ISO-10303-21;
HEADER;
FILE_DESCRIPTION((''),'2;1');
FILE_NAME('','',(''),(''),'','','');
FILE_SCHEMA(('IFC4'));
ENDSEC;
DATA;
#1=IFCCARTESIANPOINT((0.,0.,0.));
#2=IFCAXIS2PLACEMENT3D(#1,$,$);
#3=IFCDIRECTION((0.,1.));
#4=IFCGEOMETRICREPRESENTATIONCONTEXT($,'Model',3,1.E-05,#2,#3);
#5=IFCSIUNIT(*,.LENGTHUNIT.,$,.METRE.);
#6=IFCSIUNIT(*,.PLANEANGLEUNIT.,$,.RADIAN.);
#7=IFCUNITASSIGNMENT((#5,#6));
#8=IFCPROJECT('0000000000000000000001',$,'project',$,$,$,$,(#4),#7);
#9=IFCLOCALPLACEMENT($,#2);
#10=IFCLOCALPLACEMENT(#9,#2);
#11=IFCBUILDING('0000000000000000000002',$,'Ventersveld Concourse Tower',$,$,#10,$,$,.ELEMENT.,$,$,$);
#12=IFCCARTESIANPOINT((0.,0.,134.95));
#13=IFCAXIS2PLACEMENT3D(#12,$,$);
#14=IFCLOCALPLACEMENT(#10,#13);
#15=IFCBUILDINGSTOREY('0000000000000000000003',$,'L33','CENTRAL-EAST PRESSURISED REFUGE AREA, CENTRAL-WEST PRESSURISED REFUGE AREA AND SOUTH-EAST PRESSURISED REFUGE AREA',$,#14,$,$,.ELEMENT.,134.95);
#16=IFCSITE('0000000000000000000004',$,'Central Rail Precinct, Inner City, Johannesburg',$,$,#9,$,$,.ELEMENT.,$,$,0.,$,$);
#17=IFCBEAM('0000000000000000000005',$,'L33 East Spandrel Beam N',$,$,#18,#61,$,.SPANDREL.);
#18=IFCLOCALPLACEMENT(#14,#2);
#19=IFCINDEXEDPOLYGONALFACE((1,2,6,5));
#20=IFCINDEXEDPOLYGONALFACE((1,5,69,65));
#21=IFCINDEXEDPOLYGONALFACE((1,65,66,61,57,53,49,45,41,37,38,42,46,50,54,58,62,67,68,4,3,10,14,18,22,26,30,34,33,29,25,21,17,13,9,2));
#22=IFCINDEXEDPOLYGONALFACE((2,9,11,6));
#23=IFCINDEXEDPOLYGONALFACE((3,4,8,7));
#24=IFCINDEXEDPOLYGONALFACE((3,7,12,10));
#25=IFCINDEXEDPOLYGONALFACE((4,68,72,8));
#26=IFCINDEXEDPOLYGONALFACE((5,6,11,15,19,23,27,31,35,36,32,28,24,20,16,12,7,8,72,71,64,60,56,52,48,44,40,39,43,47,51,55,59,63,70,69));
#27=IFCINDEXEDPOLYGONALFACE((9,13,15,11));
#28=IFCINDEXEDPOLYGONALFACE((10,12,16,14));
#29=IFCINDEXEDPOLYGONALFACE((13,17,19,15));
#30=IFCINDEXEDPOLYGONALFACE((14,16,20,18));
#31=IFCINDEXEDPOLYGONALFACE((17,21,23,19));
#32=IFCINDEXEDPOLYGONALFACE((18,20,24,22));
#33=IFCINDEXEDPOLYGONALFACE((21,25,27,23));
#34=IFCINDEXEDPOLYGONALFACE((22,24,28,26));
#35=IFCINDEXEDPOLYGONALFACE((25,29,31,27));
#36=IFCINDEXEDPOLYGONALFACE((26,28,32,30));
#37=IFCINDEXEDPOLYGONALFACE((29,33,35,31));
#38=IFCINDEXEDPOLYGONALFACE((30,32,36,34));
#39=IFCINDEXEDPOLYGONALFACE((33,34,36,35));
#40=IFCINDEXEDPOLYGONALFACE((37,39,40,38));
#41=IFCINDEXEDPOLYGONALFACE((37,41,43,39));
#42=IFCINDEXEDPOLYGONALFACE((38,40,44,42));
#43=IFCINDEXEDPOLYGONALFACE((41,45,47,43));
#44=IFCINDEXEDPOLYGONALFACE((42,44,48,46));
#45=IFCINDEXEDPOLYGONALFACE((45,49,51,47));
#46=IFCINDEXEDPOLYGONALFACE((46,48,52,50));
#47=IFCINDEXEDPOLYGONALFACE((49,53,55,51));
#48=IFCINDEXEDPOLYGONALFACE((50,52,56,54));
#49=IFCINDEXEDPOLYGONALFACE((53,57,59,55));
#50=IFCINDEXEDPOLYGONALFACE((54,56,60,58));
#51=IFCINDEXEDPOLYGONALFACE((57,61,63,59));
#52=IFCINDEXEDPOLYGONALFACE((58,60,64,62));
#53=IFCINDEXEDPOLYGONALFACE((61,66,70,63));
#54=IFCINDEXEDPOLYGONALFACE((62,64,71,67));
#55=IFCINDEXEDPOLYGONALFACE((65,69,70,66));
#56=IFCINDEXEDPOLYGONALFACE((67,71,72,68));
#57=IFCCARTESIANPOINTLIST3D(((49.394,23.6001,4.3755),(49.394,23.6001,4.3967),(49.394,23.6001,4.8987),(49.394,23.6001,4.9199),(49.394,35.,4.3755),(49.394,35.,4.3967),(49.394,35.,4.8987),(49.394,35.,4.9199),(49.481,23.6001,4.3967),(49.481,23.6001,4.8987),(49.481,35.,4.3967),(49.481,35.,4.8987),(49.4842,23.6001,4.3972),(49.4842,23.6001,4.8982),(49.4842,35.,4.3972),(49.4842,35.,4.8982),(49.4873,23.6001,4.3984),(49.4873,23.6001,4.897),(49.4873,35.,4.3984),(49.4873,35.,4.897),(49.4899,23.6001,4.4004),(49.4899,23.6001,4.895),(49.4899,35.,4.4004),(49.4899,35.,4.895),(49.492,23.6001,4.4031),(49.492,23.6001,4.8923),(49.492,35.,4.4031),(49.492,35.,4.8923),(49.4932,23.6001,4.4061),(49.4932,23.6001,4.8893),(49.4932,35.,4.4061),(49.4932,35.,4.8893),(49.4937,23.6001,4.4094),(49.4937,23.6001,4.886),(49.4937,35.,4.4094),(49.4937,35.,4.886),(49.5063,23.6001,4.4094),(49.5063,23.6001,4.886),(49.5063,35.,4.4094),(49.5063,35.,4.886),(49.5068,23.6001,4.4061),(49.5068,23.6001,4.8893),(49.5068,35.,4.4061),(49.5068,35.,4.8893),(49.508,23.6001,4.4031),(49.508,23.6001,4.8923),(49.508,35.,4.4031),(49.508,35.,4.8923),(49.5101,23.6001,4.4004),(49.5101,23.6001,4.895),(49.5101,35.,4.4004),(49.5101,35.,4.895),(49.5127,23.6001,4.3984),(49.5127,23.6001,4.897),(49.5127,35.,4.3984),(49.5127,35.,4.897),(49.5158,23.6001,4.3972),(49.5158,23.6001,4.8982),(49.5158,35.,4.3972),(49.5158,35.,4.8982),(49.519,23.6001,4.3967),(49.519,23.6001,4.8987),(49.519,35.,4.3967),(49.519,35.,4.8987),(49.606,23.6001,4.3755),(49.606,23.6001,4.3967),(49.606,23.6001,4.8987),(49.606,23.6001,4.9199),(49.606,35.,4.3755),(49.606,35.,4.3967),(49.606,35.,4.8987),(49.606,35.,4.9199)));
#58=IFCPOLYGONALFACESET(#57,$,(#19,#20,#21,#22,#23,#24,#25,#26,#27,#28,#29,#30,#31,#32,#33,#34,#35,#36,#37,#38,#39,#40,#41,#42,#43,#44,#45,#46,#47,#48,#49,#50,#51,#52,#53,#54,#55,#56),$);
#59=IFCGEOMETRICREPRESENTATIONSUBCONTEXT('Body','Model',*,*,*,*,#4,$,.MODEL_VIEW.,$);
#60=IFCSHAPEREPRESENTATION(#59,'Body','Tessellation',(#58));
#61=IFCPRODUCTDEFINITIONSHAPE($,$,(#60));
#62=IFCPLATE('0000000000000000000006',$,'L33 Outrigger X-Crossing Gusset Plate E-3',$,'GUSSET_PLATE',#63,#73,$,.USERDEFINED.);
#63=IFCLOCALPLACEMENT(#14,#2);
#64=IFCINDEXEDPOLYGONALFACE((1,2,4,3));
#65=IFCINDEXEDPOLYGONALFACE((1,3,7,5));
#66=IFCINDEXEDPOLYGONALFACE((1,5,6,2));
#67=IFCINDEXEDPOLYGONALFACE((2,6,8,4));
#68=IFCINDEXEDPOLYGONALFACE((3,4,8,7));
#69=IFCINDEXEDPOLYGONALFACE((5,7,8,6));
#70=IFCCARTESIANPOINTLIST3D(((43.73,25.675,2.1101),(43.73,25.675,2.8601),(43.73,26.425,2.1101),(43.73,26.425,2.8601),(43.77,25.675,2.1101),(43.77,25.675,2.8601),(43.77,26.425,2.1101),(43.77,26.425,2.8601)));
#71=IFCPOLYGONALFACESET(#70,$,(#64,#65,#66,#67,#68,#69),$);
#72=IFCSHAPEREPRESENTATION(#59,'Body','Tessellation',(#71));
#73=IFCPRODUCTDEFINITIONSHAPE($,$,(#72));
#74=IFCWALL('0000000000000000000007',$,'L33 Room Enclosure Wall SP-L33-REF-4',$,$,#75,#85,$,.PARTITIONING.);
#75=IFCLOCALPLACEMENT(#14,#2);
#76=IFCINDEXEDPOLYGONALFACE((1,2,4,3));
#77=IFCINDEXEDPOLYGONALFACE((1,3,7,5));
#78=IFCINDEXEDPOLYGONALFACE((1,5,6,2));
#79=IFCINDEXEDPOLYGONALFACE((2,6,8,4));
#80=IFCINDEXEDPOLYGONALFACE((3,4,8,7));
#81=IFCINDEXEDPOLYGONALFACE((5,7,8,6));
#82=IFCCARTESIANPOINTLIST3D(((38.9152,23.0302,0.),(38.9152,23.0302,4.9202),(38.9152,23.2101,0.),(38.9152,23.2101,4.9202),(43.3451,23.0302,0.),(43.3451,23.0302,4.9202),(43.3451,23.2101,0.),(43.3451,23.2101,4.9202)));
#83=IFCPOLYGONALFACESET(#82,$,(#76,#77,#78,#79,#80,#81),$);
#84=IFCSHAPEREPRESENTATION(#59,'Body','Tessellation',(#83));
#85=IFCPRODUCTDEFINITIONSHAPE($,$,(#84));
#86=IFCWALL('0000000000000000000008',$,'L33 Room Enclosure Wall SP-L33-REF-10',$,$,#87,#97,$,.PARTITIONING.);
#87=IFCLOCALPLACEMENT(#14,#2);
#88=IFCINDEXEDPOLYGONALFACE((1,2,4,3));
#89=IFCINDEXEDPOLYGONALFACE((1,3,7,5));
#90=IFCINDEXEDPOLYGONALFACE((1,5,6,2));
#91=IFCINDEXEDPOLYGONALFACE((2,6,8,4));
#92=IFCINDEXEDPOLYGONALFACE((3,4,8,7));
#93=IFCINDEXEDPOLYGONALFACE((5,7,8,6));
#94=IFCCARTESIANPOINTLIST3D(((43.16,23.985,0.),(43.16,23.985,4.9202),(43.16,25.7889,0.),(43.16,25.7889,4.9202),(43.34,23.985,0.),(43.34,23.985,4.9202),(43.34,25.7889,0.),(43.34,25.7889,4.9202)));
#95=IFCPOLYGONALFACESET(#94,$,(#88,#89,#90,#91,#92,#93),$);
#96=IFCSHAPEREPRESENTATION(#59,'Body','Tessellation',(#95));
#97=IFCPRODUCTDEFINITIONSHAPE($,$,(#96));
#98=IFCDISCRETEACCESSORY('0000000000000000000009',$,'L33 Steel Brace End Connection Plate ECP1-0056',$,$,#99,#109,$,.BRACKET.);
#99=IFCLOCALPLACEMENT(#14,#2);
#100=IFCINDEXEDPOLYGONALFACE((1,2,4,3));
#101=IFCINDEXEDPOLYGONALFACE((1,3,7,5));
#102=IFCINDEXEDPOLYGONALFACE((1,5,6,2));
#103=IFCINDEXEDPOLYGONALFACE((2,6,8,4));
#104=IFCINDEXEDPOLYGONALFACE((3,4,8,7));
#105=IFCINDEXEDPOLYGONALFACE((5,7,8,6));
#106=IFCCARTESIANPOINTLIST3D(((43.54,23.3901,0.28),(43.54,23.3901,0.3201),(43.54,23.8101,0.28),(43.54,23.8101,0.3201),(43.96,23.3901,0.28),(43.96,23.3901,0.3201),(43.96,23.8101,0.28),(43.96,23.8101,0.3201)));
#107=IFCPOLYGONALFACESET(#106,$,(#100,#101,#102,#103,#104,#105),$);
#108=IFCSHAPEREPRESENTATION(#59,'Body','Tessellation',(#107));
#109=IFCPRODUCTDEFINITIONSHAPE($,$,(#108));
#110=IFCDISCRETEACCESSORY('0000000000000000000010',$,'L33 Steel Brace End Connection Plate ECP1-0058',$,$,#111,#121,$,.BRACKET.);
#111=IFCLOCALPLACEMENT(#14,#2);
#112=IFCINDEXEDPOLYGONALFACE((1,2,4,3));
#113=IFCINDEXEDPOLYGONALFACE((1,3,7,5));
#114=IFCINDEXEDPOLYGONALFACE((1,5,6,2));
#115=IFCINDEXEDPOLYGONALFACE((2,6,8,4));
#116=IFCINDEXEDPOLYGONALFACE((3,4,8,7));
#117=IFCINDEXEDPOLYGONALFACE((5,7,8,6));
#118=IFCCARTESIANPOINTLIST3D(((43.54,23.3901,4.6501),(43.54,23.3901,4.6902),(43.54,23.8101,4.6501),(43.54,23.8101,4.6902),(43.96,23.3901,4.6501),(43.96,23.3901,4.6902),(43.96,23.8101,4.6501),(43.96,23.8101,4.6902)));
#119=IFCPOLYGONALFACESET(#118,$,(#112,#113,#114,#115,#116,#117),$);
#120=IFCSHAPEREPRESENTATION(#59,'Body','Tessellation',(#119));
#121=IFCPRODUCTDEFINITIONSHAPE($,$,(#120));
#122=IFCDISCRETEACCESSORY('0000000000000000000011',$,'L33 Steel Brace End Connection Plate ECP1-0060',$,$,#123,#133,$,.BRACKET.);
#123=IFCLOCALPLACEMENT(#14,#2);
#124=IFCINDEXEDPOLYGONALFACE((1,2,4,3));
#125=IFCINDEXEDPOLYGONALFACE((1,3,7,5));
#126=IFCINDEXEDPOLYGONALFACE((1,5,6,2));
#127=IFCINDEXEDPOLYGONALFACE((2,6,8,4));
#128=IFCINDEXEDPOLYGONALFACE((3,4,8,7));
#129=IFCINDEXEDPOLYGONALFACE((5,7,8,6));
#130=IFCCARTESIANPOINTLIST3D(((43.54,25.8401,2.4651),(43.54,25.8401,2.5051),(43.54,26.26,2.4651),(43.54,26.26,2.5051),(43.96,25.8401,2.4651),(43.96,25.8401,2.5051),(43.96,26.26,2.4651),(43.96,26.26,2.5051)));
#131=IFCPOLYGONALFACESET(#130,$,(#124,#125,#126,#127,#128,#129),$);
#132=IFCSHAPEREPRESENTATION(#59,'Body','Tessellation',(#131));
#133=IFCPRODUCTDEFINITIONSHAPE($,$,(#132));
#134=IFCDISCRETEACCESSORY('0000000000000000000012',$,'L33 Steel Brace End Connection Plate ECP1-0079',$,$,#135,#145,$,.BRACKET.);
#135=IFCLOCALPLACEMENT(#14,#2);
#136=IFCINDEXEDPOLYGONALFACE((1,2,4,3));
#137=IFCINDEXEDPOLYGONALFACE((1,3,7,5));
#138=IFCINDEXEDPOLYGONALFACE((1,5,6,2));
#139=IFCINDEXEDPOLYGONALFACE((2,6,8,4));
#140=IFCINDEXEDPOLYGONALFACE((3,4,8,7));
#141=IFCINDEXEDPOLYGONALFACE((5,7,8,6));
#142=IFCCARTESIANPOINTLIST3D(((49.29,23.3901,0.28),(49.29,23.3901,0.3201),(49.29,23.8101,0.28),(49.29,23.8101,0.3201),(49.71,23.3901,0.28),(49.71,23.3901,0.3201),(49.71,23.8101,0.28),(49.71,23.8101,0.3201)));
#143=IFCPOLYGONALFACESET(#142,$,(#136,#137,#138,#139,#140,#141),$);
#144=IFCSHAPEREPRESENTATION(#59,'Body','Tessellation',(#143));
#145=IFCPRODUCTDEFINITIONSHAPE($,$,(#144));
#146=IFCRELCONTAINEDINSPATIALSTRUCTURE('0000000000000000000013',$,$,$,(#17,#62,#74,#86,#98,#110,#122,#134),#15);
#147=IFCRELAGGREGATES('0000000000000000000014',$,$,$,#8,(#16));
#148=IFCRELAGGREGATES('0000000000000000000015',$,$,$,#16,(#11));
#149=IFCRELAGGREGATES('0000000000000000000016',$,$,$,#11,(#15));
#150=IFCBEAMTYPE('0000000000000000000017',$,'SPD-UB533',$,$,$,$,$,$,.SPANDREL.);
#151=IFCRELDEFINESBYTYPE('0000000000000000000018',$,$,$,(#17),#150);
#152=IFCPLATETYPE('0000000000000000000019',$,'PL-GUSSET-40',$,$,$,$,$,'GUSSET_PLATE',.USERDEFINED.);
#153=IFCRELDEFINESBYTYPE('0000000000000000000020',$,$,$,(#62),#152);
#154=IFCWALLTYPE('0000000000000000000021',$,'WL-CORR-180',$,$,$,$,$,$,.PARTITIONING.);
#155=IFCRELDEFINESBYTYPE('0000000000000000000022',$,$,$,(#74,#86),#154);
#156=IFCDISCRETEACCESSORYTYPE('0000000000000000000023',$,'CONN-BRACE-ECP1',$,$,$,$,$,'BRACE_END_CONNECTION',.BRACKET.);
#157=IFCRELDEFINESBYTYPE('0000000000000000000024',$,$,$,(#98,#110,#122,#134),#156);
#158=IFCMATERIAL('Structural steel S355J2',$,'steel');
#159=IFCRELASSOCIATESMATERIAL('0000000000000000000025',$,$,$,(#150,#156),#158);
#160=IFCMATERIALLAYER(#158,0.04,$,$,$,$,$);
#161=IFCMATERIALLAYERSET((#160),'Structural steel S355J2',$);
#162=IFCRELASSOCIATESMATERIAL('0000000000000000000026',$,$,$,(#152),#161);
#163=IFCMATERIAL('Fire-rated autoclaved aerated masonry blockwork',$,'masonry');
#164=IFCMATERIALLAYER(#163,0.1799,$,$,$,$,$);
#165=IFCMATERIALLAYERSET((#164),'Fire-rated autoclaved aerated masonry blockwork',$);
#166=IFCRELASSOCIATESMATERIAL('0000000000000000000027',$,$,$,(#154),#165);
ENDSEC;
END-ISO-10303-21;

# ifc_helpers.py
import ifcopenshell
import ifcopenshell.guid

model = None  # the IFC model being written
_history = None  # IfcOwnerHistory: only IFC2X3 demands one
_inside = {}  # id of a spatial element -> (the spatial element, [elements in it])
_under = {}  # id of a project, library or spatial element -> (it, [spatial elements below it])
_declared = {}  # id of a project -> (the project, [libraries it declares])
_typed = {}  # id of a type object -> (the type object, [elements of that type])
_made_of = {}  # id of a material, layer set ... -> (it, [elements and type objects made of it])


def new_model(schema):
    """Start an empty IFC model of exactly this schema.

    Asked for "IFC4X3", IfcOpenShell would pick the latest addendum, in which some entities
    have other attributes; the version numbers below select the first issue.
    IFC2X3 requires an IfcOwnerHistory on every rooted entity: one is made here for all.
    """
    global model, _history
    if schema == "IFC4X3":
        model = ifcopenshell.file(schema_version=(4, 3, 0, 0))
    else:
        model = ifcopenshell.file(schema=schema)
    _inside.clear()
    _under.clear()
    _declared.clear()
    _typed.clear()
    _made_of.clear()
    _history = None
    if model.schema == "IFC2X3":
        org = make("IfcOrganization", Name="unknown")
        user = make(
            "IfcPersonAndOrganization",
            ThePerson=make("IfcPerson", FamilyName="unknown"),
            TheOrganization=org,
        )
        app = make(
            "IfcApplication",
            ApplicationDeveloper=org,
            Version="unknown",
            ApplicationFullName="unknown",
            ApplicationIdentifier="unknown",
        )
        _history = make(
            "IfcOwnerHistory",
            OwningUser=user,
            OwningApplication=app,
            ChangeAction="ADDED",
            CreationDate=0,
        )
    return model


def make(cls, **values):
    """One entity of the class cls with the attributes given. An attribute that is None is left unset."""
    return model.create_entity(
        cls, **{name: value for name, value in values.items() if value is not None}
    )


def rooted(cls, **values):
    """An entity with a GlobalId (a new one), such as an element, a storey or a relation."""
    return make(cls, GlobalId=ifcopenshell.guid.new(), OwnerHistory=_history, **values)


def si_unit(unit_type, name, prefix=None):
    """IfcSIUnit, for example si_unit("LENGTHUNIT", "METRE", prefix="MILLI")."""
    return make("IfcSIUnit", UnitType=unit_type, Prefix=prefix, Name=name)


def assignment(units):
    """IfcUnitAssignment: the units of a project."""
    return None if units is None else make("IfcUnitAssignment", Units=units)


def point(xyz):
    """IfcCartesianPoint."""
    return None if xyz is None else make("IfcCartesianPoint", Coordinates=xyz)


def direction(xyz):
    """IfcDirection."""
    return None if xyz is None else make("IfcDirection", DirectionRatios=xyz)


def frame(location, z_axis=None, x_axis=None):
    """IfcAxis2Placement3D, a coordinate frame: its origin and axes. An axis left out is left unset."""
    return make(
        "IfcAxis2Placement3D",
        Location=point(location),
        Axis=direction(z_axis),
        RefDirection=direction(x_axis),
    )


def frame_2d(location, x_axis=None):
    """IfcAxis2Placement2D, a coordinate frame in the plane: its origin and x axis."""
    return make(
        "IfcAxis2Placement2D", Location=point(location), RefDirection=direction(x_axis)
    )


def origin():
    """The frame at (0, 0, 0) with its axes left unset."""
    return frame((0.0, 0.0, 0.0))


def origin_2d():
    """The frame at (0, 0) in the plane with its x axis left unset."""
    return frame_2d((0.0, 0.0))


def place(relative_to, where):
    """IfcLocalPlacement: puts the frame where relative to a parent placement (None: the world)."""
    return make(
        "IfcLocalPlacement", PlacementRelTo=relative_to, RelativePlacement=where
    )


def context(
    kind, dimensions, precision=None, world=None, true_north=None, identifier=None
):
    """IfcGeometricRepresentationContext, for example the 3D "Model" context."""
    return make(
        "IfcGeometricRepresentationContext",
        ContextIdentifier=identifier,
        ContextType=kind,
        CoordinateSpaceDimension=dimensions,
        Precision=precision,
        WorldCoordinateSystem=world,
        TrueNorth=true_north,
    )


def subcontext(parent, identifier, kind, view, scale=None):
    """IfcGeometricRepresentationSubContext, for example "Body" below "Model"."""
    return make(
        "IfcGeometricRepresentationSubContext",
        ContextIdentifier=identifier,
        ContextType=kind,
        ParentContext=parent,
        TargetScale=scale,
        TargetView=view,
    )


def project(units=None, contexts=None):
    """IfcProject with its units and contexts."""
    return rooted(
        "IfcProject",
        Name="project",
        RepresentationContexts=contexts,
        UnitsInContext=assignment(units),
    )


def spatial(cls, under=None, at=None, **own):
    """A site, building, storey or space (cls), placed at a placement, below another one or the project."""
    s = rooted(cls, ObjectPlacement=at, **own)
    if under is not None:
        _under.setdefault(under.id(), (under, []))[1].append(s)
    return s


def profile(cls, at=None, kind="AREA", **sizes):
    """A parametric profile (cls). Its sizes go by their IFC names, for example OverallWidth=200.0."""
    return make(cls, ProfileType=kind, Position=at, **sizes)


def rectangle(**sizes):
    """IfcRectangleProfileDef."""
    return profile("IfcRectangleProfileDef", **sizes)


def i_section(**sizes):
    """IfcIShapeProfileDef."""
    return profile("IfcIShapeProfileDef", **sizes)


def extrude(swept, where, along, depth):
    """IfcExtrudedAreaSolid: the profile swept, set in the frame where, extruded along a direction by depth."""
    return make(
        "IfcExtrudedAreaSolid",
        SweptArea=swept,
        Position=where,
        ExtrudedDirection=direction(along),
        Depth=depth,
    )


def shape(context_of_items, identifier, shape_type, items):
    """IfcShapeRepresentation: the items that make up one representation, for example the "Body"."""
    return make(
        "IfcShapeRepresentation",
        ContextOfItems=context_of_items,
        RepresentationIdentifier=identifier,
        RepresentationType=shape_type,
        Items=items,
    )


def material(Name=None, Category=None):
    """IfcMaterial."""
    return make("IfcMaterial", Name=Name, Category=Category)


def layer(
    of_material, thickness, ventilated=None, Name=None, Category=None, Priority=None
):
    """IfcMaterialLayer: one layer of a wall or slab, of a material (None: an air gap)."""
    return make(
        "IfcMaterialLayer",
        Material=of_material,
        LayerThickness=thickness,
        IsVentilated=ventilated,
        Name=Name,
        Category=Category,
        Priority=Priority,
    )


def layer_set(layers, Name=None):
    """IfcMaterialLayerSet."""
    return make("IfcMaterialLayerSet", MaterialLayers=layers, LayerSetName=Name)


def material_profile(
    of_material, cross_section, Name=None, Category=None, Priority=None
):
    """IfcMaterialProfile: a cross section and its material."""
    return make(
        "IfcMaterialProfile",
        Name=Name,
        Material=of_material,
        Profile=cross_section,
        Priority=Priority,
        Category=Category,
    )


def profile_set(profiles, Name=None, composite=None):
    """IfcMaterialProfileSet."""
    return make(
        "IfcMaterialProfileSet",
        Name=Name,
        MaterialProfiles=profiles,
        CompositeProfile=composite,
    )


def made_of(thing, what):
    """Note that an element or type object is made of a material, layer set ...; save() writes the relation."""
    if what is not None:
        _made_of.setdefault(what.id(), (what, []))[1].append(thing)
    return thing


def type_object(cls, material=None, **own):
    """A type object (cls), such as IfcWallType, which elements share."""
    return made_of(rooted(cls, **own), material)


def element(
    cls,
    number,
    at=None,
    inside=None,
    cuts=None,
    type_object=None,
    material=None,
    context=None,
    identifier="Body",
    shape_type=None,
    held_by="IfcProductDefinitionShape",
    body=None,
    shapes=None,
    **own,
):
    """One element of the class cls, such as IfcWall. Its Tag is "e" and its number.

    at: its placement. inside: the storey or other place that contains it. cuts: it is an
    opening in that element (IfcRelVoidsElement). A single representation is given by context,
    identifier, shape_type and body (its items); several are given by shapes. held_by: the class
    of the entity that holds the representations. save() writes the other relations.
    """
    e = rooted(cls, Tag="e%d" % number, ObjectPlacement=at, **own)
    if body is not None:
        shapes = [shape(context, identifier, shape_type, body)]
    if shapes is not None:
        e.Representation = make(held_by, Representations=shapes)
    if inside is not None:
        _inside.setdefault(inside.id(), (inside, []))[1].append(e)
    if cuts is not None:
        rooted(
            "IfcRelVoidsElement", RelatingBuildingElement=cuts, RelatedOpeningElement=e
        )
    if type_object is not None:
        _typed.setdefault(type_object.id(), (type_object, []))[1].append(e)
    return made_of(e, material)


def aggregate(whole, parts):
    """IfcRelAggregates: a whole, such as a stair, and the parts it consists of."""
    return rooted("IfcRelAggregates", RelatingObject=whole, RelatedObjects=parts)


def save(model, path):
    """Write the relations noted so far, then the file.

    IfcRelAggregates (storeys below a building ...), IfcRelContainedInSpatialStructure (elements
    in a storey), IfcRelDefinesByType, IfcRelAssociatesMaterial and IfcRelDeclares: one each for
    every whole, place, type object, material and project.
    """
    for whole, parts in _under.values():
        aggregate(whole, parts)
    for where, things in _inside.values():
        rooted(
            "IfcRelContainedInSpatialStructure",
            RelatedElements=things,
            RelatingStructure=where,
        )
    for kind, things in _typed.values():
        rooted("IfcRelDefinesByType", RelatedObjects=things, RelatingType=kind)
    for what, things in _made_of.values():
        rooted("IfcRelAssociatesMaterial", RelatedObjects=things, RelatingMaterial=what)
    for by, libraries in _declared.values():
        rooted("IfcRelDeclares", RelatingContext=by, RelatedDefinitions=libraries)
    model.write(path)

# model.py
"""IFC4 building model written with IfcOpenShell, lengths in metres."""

from ifc_helpers import new_model, si_unit, direction, frame, frame_2d, origin, origin_2d, place, context, subcontext, project, spatial, rectangle, i_section, extrude, material, layer, layer_set, material_profile, profile_set, type_object, element, save


model = new_model("IFC4")

# Units and contexts
model_context = context("Model", 3, precision=1e-05, world=origin(), true_north=direction((0.0, 1.0)))
body_context = subcontext(model_context, "Body", "Model", "MODEL_VIEW")
ifc_project = project(units=[si_unit("LENGTHUNIT", "METRE"), si_unit("PLANEANGLEUNIT", "RADIAN")], contexts=[model_context])

# Site, building, storey
site_placement = place(None, origin())
site = spatial("IfcSite", under=ifc_project, at=site_placement, Name="Central Rail Precinct, Inner City, Johannesburg", CompositionType="ELEMENT", RefElevation=0.0)
building_placement = place(site_placement, origin())
building = spatial("IfcBuilding", under=site, at=building_placement, Name="Ventersveld Concourse Tower", CompositionType="ELEMENT")
storey_placement = place(building_placement, frame((0.0, 0.0, 134.95)))
storey = spatial("IfcBuildingStorey", under=building, at=storey_placement, Name="L33", Description="CENTRAL-EAST PRESSURISED REFUGE AREA, CENTRAL-WEST PRESSURISED REFUGE AREA AND SOUTH-EAST PRESSURISED REFUGE AREA", CompositionType="ELEMENT", Elevation=134.95)

# Shared definitions
ifc_material_1 = material(Name="Structural steel S355J2", Category="steel")

# Beam
ifc_material_profile_1 = material_profile(ifc_material_1, i_section(OverallWidth=0.2119, OverallDepth=0.5444, WebThickness=0.0127, FlangeThickness=0.0212, FilletRadius=0.0127, at=origin_2d()), Name="UB 533x210x122")
ifc_profile_set_1 = profile_set([ifc_material_profile_1], Name="Structural steel S355J2")
beam_type_1 = type_object("IfcBeamType", Name="SPD-UB533", PredefinedType="SPANDREL", material=ifc_profile_set_1)
beam_1_placement = place(storey_placement, frame((49.5, 23.6001, 4.6477), z_axis=(0.0, 1.0, 0.0), x_axis=(-1.0, 0.0, 0.0)))
element("IfcBeam", 1, at=beam_1_placement, inside=storey, type_object=beam_type_1, Name="L33 East Spandrel Beam N", PredefinedType="SPANDREL", context=body_context, shape_type="SweptSolid", body=[
    extrude(i_section(OverallWidth=0.2119, OverallDepth=0.5444, WebThickness=0.0127, FlangeThickness=0.0212, FilletRadius=0.0127, at=origin_2d()), origin(), (0.0, 0.0, 1.0), 11.3999),
])

# Plate
ifc_layer_1 = layer(ifc_material_1, 0.04)
ifc_layer_set_1 = layer_set([ifc_layer_1], Name="Structural steel S355J2")
plate_type = type_object("IfcPlateType", Name="PL-GUSSET-40", ElementType="GUSSET_PLATE", PredefinedType="USERDEFINED", material=ifc_layer_set_1)
plate_placement = place(storey_placement, frame((43.75, 26.05, 2.1101), z_axis=(0.0, 0.0, 1.0), x_axis=(1.0, 0.0, 0.0)))
element("IfcPlate", 2, at=plate_placement, inside=storey, type_object=plate_type, Name="L33 Outrigger X-Crossing Gusset Plate E-3", ObjectType="GUSSET_PLATE", PredefinedType="USERDEFINED", context=body_context, shape_type="SweptSolid", body=[
    extrude(rectangle(XDim=0.04, YDim=0.75, at=origin_2d()), origin(), (0.0, 0.0, 1.0), 0.75),
])

# Walls
ifc_material_2 = material(Name="Fire-rated autoclaved aerated masonry blockwork", Category="masonry")
ifc_layer_2 = layer(ifc_material_2, 0.1799)
ifc_layer_set_2 = layer_set([ifc_layer_2], Name="Fire-rated autoclaved aerated masonry blockwork")
wall_type = type_object("IfcWallType", Name="WL-CORR-180", PredefinedType="PARTITIONING", material=ifc_layer_set_2)
wall_1_placement = place(storey_placement, frame((43.345, 23.1201, 0.0), z_axis=(0.0, 0.0, 1.0), x_axis=(-1.0, 0.0, 0.0)))
element("IfcWall", 3, at=wall_1_placement, inside=storey, type_object=wall_type, Name="L33 Room Enclosure Wall SP-L33-REF-4", PredefinedType="PARTITIONING", context=body_context, shape_type="SweptSolid", body=[
    extrude(rectangle(XDim=4.4299, YDim=0.1799, at=frame_2d((2.2148, 0.0))), origin(), (0.0, 0.0, 1.0), 4.9202),
])
wall_2_placement = place(storey_placement, frame((43.25, 23.9851, 0.0), z_axis=(0.0, 0.0, 1.0), x_axis=(0.0, 1.0, 0.0)))
element("IfcWall", 4, at=wall_2_placement, inside=storey, type_object=wall_type, Name="L33 Room Enclosure Wall SP-L33-REF-10", PredefinedType="PARTITIONING", context=body_context, shape_type="SweptSolid", body=[
    extrude(rectangle(XDim=1.804, YDim=0.1799, at=frame_2d((0.9019, 0.0))), origin(), (0.0, 0.0, 1.0), 4.9202),
])

# Discrete accessories
discrete_accessory_type = type_object("IfcDiscreteAccessoryType", Name="CONN-BRACE-ECP1", ElementType="BRACE_END_CONNECTION", PredefinedType="BRACKET", material=ifc_material_1)
for number, where, z_axis, x_axis, name in (
    (5, (43.75, 23.6001, 0.28), (0.0, 0.0, 1.0), (1.0, 0.0, 0.0), "L33 Steel Brace End Connection Plate ECP1-0056"),
    (6, (43.75, 23.6001, 4.6501), (0.0, 0.0, 1.0), (1.0, 0.0, 0.0), "L33 Steel Brace End Connection Plate ECP1-0058"),
    (7, (43.75, 26.05, 2.4651), (0.0, 0.0, 1.0), (1.0, 0.0, 0.0), "L33 Steel Brace End Connection Plate ECP1-0060"),
    (8, (49.5, 23.6001, 0.28), (0.0, 0.0, 1.0), (1.0, 0.0, 0.0), "L33 Steel Brace End Connection Plate ECP1-0079"),
):
    element("IfcDiscreteAccessory", number, at=place(storey_placement, frame(where, z_axis=z_axis, x_axis=x_axis)), inside=storey, type_object=discrete_accessory_type, Name=name, PredefinedType="BRACKET", context=body_context, shape_type="SweptSolid", body=[
        extrude(rectangle(XDim=0.4199, YDim=0.4199, at=origin_2d()), origin(), (0.0, 0.0, 1.0), 0.04),
    ])

save(model, "model.ifc")
